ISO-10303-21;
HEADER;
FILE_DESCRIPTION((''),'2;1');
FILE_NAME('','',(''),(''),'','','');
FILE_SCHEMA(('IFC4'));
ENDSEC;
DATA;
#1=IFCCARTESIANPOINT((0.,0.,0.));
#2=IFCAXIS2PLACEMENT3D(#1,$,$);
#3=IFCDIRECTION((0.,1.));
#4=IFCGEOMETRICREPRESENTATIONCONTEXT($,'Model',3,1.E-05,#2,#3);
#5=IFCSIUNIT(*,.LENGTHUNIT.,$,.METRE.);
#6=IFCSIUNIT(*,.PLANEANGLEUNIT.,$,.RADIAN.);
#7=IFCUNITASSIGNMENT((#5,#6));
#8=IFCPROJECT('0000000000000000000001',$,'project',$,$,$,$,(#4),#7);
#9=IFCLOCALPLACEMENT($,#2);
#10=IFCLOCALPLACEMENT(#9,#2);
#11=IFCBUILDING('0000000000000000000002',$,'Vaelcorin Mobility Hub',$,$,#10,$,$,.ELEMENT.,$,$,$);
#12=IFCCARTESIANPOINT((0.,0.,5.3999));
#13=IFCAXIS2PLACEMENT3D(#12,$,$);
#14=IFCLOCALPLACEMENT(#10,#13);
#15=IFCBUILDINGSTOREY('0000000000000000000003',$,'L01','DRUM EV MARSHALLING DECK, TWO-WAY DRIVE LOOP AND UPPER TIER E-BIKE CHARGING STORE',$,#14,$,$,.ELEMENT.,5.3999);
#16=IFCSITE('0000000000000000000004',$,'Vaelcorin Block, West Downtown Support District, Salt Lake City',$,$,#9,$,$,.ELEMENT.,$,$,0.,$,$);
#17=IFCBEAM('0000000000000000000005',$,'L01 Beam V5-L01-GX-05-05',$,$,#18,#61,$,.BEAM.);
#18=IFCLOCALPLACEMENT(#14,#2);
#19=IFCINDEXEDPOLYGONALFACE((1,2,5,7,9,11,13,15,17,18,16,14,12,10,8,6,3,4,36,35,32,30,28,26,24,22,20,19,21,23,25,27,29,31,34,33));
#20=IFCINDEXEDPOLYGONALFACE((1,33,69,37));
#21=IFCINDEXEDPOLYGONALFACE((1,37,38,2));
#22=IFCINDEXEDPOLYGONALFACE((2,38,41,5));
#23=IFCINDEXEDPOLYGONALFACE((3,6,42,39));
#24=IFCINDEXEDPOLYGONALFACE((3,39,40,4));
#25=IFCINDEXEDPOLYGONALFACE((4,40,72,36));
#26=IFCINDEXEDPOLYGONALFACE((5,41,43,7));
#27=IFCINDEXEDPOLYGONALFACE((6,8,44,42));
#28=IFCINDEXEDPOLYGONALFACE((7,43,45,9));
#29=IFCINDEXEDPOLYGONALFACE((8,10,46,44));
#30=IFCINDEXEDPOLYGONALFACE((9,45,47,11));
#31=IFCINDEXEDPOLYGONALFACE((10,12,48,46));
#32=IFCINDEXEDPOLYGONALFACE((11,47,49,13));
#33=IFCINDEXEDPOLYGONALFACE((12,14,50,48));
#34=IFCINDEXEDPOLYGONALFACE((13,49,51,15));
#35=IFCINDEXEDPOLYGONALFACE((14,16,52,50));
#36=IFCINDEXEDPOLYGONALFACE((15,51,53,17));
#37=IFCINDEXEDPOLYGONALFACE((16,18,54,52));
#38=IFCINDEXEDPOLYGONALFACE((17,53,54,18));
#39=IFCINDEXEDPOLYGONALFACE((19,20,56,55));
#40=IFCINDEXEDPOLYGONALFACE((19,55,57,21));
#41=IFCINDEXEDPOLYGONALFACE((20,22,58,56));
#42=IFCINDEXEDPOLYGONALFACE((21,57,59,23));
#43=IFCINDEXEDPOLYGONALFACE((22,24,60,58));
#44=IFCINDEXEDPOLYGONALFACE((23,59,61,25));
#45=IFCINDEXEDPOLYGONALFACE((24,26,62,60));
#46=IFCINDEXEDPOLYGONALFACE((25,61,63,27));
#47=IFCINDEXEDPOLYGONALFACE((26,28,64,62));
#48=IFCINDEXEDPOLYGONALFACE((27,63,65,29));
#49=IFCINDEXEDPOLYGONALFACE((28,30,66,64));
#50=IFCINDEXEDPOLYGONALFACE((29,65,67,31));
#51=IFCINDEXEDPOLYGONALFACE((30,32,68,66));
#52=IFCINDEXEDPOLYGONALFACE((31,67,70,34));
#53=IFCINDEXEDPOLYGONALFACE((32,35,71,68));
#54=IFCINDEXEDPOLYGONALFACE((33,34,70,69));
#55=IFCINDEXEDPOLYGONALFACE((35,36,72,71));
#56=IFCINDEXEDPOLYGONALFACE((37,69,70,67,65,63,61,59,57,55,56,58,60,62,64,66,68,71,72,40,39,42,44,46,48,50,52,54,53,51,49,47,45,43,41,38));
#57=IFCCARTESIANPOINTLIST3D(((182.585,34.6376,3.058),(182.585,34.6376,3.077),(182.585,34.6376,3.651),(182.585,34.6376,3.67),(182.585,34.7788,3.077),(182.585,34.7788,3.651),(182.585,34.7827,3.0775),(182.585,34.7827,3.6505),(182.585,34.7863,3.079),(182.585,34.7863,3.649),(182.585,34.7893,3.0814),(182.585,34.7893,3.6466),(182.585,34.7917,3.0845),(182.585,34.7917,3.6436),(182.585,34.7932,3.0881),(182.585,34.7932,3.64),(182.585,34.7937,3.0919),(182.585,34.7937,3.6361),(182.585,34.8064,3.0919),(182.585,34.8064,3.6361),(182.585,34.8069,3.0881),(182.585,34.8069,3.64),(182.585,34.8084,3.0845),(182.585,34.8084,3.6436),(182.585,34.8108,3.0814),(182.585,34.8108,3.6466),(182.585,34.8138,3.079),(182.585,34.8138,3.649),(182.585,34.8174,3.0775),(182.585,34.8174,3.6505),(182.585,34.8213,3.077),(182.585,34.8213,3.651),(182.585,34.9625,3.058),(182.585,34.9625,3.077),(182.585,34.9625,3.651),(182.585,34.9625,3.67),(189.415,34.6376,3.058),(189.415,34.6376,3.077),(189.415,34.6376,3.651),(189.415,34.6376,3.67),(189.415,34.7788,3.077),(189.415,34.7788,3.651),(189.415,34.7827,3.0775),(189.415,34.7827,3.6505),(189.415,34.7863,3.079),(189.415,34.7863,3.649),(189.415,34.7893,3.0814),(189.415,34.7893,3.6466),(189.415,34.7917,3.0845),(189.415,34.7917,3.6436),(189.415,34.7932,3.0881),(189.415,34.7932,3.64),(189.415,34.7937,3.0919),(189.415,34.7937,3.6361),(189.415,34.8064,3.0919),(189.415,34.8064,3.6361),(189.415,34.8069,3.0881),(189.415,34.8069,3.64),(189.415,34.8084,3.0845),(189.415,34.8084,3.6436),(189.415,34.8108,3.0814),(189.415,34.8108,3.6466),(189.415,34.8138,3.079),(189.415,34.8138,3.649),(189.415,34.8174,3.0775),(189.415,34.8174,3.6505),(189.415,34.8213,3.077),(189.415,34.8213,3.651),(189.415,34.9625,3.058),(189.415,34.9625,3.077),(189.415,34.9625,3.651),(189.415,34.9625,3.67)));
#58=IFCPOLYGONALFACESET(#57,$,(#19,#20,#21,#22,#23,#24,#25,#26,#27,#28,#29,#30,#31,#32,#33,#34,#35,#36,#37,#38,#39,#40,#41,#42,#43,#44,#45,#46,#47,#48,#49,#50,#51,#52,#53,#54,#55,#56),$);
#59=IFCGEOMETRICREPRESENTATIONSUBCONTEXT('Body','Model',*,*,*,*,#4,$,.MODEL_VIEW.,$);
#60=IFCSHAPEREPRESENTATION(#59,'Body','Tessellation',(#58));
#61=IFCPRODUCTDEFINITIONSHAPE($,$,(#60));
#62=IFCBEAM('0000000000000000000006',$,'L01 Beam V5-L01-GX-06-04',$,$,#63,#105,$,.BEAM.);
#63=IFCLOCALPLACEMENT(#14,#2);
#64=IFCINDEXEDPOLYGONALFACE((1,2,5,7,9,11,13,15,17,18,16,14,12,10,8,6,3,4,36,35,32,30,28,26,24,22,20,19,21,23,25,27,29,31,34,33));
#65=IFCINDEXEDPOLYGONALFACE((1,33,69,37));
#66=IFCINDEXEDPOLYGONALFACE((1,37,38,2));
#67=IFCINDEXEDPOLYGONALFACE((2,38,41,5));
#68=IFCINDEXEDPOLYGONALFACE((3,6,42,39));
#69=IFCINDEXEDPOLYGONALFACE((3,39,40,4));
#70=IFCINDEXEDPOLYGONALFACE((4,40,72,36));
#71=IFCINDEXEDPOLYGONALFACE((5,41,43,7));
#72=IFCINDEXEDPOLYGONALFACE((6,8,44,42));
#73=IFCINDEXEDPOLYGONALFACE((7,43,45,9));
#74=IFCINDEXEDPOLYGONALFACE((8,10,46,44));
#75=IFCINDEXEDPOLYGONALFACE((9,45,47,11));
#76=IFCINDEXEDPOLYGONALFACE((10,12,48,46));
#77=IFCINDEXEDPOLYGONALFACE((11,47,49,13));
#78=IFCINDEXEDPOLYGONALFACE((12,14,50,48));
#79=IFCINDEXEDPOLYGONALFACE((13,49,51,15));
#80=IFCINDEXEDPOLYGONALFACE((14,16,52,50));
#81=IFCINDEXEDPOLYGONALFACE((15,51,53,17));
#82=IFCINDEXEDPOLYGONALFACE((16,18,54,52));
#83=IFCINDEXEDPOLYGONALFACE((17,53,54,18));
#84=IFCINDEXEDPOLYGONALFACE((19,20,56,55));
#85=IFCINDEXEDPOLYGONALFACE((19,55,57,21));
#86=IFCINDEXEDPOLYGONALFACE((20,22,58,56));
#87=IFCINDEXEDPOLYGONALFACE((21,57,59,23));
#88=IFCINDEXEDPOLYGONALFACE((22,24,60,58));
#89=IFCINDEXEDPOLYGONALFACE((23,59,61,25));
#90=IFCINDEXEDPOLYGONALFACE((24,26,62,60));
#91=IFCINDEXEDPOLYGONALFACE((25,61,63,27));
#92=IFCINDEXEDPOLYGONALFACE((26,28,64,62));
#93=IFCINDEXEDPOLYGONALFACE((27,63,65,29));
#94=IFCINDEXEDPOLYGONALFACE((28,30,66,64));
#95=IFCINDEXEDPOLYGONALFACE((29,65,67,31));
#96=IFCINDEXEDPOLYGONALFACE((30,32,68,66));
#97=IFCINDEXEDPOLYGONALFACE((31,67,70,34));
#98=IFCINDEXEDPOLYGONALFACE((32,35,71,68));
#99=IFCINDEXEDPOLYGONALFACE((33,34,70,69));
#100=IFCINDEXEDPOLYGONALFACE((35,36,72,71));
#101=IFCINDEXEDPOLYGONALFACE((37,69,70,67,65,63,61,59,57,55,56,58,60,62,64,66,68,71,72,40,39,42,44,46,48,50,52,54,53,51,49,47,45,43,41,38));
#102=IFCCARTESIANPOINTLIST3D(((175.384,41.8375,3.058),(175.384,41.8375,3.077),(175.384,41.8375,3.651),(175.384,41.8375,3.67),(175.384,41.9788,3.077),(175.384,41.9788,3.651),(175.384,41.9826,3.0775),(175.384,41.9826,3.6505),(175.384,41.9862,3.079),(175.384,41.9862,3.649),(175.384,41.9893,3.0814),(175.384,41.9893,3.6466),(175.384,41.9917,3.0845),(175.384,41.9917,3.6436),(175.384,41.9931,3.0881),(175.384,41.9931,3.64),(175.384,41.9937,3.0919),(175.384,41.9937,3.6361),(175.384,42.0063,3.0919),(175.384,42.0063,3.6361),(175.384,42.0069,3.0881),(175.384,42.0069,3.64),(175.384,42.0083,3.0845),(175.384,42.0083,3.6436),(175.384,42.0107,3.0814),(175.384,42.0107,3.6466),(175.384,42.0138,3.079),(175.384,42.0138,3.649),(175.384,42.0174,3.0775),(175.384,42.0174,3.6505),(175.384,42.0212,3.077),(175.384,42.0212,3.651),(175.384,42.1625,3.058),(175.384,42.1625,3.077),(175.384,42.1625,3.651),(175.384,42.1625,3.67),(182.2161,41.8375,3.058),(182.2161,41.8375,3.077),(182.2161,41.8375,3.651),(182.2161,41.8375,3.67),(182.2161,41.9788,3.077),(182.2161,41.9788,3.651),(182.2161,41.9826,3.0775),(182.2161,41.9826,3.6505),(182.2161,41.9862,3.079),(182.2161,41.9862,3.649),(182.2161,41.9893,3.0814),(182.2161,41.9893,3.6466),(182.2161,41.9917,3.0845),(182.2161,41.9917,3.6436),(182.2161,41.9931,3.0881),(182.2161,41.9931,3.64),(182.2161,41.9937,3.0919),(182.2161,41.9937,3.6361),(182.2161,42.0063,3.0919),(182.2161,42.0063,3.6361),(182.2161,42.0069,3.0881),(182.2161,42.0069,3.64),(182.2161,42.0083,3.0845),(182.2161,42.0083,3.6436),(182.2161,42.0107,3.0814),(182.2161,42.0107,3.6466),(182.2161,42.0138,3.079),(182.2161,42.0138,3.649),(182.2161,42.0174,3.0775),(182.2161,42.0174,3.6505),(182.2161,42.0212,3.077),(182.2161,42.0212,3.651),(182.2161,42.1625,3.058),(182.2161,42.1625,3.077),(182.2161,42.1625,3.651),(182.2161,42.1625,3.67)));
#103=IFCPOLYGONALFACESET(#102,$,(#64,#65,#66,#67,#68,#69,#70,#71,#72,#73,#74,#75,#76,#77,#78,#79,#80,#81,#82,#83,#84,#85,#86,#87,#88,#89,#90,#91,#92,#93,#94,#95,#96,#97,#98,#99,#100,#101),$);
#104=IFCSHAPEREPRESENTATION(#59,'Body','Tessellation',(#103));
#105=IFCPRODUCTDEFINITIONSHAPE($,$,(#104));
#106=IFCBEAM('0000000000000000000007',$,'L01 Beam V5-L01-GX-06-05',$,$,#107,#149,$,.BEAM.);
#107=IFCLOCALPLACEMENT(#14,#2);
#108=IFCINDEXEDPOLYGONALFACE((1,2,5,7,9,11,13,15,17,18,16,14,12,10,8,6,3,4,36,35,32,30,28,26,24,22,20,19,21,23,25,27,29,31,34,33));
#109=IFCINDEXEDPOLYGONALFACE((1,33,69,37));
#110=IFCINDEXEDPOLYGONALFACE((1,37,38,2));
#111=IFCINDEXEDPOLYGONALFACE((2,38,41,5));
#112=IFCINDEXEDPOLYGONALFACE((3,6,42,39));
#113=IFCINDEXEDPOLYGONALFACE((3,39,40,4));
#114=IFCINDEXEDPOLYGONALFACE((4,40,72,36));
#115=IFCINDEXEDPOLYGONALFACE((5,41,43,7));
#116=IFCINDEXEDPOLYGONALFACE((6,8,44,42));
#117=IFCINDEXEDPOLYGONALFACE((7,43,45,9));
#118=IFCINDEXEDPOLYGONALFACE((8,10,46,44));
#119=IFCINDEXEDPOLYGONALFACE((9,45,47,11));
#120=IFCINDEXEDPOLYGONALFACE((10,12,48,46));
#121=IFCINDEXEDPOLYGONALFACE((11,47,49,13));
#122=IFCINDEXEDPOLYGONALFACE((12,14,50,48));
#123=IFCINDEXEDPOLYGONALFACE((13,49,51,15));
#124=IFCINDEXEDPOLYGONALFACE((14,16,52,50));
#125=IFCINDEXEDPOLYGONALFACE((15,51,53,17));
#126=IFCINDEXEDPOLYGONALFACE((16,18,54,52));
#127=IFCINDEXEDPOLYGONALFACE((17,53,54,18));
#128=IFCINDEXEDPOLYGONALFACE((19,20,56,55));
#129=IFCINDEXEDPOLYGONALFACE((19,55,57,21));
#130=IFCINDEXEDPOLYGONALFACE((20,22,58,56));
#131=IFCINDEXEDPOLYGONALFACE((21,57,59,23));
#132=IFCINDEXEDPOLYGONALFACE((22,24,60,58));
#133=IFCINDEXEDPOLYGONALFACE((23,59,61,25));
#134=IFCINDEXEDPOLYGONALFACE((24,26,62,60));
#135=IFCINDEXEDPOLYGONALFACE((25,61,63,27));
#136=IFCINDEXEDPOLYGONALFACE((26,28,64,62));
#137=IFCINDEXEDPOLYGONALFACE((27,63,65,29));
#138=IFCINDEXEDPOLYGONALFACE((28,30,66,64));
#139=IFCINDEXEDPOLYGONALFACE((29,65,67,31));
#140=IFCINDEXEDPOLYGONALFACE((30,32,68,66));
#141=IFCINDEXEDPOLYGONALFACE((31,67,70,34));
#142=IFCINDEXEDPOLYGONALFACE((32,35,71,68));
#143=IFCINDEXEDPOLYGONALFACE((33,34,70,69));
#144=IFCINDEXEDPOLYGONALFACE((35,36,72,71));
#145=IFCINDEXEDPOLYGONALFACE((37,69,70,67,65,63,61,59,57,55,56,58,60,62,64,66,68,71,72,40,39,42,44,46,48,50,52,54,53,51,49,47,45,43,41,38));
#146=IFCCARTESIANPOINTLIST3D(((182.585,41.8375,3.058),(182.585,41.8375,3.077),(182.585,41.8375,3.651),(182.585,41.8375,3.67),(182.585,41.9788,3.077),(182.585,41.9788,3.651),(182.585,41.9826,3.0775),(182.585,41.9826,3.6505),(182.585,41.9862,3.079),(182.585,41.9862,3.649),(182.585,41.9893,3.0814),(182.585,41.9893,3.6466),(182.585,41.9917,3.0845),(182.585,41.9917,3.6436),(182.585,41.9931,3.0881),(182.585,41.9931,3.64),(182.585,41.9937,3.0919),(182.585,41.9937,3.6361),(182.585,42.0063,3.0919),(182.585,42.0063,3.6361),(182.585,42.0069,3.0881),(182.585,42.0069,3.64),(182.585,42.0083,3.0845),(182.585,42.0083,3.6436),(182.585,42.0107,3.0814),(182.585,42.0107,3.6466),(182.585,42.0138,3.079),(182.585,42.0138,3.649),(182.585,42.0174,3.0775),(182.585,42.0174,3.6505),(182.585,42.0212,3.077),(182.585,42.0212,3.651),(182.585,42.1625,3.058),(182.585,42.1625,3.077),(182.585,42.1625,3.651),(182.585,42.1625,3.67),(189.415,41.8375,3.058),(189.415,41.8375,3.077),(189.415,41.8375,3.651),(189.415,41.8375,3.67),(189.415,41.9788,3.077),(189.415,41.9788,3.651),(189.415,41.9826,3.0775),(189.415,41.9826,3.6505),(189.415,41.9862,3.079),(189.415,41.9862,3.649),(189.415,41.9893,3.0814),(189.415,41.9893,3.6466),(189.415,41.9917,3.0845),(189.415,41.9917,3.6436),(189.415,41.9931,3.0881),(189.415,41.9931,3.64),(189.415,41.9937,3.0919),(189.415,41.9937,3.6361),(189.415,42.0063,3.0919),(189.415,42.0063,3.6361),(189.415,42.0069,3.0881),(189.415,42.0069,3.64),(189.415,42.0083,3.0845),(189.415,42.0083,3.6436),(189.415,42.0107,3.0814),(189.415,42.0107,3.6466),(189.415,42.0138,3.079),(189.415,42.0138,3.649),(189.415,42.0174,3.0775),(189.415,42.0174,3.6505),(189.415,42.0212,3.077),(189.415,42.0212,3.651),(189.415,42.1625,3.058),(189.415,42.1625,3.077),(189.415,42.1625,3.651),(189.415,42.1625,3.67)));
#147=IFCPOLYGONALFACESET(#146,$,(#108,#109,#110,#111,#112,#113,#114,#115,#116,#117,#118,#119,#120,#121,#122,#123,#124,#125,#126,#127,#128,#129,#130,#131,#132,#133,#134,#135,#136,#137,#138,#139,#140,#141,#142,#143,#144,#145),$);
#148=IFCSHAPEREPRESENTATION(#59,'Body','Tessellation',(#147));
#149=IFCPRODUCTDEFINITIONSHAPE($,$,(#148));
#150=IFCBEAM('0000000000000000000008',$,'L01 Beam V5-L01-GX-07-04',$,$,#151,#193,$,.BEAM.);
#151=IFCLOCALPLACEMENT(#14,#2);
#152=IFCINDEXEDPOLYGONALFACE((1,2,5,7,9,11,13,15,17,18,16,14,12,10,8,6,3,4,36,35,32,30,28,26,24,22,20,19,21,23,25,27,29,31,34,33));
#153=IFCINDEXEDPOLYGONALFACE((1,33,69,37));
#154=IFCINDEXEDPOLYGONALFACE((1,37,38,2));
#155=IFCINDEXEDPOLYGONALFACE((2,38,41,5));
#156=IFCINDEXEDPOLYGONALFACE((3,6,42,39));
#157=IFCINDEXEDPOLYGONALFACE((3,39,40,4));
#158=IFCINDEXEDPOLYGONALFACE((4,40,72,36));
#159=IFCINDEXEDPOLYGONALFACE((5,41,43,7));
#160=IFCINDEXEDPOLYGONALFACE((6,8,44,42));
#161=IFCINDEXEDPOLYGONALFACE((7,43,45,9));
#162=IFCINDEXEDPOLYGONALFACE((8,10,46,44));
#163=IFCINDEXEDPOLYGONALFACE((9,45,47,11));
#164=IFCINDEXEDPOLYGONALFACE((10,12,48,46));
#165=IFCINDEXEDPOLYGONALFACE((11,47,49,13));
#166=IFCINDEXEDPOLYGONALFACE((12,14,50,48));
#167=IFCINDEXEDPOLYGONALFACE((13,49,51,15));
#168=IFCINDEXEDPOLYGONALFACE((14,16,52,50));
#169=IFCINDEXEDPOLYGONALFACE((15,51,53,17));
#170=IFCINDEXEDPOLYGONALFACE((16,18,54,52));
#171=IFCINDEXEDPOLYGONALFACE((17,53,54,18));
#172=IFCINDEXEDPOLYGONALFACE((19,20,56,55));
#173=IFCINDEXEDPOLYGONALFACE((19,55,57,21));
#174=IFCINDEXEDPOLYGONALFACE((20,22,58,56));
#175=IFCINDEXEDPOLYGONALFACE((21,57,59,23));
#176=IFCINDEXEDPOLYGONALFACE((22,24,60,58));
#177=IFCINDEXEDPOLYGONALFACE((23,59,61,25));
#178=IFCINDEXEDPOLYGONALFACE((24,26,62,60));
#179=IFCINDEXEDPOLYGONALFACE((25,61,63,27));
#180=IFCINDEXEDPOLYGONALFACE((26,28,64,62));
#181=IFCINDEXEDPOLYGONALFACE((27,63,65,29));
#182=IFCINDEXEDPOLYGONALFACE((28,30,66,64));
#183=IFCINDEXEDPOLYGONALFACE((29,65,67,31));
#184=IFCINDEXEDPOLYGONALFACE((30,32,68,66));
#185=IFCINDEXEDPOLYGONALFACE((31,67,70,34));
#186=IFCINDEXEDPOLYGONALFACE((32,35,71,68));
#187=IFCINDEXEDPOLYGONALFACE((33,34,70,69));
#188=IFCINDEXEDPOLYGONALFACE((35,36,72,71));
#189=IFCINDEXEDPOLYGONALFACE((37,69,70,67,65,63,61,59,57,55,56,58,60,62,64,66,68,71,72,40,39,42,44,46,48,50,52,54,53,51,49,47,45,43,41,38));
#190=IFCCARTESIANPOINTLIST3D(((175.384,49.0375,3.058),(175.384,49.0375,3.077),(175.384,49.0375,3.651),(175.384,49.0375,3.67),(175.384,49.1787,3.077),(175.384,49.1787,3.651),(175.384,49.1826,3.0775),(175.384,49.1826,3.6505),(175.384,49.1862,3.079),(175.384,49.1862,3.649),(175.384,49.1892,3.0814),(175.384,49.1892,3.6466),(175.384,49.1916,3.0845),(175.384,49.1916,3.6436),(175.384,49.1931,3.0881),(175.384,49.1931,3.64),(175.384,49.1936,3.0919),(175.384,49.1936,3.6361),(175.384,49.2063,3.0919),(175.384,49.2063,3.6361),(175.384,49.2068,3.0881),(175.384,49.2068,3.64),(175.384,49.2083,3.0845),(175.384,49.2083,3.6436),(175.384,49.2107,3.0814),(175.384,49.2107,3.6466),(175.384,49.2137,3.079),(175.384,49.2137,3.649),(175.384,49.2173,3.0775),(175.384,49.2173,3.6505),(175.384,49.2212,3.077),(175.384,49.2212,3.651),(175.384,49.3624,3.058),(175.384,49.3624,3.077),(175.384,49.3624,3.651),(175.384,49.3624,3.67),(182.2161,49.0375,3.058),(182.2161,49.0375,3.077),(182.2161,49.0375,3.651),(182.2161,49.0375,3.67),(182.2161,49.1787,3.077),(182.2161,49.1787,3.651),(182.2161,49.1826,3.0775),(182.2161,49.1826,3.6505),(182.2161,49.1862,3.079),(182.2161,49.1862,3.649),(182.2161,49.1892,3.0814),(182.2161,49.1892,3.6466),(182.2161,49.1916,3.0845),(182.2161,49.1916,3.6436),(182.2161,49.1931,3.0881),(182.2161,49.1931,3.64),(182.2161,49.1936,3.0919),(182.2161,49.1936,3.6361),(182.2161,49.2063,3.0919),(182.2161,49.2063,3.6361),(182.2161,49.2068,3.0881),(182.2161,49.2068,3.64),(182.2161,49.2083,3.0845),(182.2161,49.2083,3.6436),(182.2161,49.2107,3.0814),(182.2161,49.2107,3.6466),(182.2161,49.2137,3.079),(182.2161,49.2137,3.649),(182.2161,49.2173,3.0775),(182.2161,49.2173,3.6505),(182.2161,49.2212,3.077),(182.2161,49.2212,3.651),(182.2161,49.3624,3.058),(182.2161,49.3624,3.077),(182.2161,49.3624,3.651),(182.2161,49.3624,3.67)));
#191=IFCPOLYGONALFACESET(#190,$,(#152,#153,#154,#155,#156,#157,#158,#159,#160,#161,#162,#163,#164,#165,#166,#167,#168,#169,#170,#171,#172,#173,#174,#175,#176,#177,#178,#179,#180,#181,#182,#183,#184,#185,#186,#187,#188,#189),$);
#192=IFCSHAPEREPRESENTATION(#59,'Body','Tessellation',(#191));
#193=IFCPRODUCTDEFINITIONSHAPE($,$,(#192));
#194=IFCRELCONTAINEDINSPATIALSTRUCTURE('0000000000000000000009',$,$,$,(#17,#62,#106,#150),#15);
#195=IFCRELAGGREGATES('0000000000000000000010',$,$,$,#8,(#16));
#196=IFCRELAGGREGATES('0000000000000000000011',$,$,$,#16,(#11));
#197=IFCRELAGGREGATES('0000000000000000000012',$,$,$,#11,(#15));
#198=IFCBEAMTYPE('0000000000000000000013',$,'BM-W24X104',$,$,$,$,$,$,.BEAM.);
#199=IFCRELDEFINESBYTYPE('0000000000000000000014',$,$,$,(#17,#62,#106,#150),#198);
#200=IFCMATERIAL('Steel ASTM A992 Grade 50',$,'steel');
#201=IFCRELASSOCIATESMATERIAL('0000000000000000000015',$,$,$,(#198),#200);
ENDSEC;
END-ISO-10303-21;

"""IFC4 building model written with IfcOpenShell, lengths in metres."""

from ifc_helpers import new_model, si_unit, direction, frame, origin, origin_2d, place, context, subcontext, project, spatial, i_section, extrude, material, material_profile, profile_set, type_object, element, save


model = new_model("IFC4")

# Units and contexts
model_context = context("Model", 3, precision=1e-05, world=origin(), true_north=direction((0.0, 1.0)))
body_context = subcontext(model_context, "Body", "Model", "MODEL_VIEW")
ifc_project = project(units=[si_unit("LENGTHUNIT", "METRE"), si_unit("PLANEANGLEUNIT", "RADIAN")], contexts=[model_context])

# Site, building, storey
site_placement = place(None, origin())
site = spatial("IfcSite", under=ifc_project, at=site_placement, Name="Vaelcorin Block, West Downtown Support District, Salt Lake City", CompositionType="ELEMENT", RefElevation=0.0)
building_placement = place(site_placement, origin())
building = spatial("IfcBuilding", under=site, at=building_placement, Name="Vaelcorin Mobility Hub", CompositionType="ELEMENT")
storey_placement = place(building_placement, frame((0.0, 0.0, 5.3999)))
storey = spatial("IfcBuildingStorey", under=building, at=storey_placement, Name="L01", Description="DRUM EV MARSHALLING DECK, TWO-WAY DRIVE LOOP AND UPPER TIER E-BIKE CHARGING STORE", CompositionType="ELEMENT", Elevation=5.3999)

# Shared definitions
ifc_material_1 = material(Name="Steel ASTM A992 Grade 50", Category="steel")

# Beams
ifc_material_profile_1 = material_profile(ifc_material_1, i_section(OverallWidth=0.325, OverallDepth=0.6121, WebThickness=0.0127, FlangeThickness=0.019, FilletRadius=0.0149, at=origin_2d()), Name="W24X104")
ifc_profile_set_1 = profile_set([ifc_material_profile_1], Name="Steel ASTM A992 Grade 50")
beam_type_1 = type_object("IfcBeamType", Name="BM-W24X104", PredefinedType="BEAM", material=ifc_profile_set_1)
beam_1_placement = place(storey_placement, frame((182.585, 34.8, 3.364), z_axis=(1.0, 0.0, 0.0), x_axis=(0.0, 1.0, 0.0)))
element("IfcBeam", 1, at=beam_1_placement, inside=storey, type_object=beam_type_1, Name="L01 Beam V5-L01-GX-05-05", PredefinedType="BEAM", context=body_context, shape_type="SweptSolid", body=[
    extrude(i_section(OverallWidth=0.325, OverallDepth=0.6121, WebThickness=0.0127, FlangeThickness=0.019, FilletRadius=0.0149, at=origin_2d()), origin(), (0.0, 0.0, 1.0), 6.8301),
])
beam_2_placement = place(storey_placement, frame((175.384, 42.0, 3.364), z_axis=(1.0, 0.0, 0.0), x_axis=(0.0, 1.0, 0.0)))
element("IfcBeam", 2, at=beam_2_placement, inside=storey, type_object=beam_type_1, Name="L01 Beam V5-L01-GX-06-04", PredefinedType="BEAM", context=body_context, shape_type="SweptSolid", body=[
    extrude(i_section(OverallWidth=0.325, OverallDepth=0.6121, WebThickness=0.0127, FlangeThickness=0.019, FilletRadius=0.0149, at=origin_2d()), origin(), (0.0, 0.0, 1.0), 6.832),
])
beam_3_placement = place(storey_placement, frame((182.585, 42.0, 3.364), z_axis=(1.0, 0.0, 0.0), x_axis=(0.0, 1.0, 0.0)))
element("IfcBeam", 3, at=beam_3_placement, inside=storey, type_object=beam_type_1, Name="L01 Beam V5-L01-GX-06-05", PredefinedType="BEAM", context=body_context, shape_type="SweptSolid", body=[
    extrude(i_section(OverallWidth=0.325, OverallDepth=0.6121, WebThickness=0.0127, FlangeThickness=0.019, FilletRadius=0.0149, at=origin_2d()), origin(), (0.0, 0.0, 1.0), 6.8301),
])
beam_4_placement = place(storey_placement, frame((175.384, 49.2, 3.364), z_axis=(1.0, 0.0, 0.0), x_axis=(0.0, 1.0, 0.0)))
element("IfcBeam", 4, at=beam_4_placement, inside=storey, type_object=beam_type_1, Name="L01 Beam V5-L01-GX-07-04", PredefinedType="BEAM", context=body_context, shape_type="SweptSolid", body=[
    extrude(i_section(OverallWidth=0.325, OverallDepth=0.6121, WebThickness=0.0127, FlangeThickness=0.019, FilletRadius=0.0149, at=origin_2d()), origin(), (0.0, 0.0, 1.0), 6.832),
])

save(model, "model.ifc")
